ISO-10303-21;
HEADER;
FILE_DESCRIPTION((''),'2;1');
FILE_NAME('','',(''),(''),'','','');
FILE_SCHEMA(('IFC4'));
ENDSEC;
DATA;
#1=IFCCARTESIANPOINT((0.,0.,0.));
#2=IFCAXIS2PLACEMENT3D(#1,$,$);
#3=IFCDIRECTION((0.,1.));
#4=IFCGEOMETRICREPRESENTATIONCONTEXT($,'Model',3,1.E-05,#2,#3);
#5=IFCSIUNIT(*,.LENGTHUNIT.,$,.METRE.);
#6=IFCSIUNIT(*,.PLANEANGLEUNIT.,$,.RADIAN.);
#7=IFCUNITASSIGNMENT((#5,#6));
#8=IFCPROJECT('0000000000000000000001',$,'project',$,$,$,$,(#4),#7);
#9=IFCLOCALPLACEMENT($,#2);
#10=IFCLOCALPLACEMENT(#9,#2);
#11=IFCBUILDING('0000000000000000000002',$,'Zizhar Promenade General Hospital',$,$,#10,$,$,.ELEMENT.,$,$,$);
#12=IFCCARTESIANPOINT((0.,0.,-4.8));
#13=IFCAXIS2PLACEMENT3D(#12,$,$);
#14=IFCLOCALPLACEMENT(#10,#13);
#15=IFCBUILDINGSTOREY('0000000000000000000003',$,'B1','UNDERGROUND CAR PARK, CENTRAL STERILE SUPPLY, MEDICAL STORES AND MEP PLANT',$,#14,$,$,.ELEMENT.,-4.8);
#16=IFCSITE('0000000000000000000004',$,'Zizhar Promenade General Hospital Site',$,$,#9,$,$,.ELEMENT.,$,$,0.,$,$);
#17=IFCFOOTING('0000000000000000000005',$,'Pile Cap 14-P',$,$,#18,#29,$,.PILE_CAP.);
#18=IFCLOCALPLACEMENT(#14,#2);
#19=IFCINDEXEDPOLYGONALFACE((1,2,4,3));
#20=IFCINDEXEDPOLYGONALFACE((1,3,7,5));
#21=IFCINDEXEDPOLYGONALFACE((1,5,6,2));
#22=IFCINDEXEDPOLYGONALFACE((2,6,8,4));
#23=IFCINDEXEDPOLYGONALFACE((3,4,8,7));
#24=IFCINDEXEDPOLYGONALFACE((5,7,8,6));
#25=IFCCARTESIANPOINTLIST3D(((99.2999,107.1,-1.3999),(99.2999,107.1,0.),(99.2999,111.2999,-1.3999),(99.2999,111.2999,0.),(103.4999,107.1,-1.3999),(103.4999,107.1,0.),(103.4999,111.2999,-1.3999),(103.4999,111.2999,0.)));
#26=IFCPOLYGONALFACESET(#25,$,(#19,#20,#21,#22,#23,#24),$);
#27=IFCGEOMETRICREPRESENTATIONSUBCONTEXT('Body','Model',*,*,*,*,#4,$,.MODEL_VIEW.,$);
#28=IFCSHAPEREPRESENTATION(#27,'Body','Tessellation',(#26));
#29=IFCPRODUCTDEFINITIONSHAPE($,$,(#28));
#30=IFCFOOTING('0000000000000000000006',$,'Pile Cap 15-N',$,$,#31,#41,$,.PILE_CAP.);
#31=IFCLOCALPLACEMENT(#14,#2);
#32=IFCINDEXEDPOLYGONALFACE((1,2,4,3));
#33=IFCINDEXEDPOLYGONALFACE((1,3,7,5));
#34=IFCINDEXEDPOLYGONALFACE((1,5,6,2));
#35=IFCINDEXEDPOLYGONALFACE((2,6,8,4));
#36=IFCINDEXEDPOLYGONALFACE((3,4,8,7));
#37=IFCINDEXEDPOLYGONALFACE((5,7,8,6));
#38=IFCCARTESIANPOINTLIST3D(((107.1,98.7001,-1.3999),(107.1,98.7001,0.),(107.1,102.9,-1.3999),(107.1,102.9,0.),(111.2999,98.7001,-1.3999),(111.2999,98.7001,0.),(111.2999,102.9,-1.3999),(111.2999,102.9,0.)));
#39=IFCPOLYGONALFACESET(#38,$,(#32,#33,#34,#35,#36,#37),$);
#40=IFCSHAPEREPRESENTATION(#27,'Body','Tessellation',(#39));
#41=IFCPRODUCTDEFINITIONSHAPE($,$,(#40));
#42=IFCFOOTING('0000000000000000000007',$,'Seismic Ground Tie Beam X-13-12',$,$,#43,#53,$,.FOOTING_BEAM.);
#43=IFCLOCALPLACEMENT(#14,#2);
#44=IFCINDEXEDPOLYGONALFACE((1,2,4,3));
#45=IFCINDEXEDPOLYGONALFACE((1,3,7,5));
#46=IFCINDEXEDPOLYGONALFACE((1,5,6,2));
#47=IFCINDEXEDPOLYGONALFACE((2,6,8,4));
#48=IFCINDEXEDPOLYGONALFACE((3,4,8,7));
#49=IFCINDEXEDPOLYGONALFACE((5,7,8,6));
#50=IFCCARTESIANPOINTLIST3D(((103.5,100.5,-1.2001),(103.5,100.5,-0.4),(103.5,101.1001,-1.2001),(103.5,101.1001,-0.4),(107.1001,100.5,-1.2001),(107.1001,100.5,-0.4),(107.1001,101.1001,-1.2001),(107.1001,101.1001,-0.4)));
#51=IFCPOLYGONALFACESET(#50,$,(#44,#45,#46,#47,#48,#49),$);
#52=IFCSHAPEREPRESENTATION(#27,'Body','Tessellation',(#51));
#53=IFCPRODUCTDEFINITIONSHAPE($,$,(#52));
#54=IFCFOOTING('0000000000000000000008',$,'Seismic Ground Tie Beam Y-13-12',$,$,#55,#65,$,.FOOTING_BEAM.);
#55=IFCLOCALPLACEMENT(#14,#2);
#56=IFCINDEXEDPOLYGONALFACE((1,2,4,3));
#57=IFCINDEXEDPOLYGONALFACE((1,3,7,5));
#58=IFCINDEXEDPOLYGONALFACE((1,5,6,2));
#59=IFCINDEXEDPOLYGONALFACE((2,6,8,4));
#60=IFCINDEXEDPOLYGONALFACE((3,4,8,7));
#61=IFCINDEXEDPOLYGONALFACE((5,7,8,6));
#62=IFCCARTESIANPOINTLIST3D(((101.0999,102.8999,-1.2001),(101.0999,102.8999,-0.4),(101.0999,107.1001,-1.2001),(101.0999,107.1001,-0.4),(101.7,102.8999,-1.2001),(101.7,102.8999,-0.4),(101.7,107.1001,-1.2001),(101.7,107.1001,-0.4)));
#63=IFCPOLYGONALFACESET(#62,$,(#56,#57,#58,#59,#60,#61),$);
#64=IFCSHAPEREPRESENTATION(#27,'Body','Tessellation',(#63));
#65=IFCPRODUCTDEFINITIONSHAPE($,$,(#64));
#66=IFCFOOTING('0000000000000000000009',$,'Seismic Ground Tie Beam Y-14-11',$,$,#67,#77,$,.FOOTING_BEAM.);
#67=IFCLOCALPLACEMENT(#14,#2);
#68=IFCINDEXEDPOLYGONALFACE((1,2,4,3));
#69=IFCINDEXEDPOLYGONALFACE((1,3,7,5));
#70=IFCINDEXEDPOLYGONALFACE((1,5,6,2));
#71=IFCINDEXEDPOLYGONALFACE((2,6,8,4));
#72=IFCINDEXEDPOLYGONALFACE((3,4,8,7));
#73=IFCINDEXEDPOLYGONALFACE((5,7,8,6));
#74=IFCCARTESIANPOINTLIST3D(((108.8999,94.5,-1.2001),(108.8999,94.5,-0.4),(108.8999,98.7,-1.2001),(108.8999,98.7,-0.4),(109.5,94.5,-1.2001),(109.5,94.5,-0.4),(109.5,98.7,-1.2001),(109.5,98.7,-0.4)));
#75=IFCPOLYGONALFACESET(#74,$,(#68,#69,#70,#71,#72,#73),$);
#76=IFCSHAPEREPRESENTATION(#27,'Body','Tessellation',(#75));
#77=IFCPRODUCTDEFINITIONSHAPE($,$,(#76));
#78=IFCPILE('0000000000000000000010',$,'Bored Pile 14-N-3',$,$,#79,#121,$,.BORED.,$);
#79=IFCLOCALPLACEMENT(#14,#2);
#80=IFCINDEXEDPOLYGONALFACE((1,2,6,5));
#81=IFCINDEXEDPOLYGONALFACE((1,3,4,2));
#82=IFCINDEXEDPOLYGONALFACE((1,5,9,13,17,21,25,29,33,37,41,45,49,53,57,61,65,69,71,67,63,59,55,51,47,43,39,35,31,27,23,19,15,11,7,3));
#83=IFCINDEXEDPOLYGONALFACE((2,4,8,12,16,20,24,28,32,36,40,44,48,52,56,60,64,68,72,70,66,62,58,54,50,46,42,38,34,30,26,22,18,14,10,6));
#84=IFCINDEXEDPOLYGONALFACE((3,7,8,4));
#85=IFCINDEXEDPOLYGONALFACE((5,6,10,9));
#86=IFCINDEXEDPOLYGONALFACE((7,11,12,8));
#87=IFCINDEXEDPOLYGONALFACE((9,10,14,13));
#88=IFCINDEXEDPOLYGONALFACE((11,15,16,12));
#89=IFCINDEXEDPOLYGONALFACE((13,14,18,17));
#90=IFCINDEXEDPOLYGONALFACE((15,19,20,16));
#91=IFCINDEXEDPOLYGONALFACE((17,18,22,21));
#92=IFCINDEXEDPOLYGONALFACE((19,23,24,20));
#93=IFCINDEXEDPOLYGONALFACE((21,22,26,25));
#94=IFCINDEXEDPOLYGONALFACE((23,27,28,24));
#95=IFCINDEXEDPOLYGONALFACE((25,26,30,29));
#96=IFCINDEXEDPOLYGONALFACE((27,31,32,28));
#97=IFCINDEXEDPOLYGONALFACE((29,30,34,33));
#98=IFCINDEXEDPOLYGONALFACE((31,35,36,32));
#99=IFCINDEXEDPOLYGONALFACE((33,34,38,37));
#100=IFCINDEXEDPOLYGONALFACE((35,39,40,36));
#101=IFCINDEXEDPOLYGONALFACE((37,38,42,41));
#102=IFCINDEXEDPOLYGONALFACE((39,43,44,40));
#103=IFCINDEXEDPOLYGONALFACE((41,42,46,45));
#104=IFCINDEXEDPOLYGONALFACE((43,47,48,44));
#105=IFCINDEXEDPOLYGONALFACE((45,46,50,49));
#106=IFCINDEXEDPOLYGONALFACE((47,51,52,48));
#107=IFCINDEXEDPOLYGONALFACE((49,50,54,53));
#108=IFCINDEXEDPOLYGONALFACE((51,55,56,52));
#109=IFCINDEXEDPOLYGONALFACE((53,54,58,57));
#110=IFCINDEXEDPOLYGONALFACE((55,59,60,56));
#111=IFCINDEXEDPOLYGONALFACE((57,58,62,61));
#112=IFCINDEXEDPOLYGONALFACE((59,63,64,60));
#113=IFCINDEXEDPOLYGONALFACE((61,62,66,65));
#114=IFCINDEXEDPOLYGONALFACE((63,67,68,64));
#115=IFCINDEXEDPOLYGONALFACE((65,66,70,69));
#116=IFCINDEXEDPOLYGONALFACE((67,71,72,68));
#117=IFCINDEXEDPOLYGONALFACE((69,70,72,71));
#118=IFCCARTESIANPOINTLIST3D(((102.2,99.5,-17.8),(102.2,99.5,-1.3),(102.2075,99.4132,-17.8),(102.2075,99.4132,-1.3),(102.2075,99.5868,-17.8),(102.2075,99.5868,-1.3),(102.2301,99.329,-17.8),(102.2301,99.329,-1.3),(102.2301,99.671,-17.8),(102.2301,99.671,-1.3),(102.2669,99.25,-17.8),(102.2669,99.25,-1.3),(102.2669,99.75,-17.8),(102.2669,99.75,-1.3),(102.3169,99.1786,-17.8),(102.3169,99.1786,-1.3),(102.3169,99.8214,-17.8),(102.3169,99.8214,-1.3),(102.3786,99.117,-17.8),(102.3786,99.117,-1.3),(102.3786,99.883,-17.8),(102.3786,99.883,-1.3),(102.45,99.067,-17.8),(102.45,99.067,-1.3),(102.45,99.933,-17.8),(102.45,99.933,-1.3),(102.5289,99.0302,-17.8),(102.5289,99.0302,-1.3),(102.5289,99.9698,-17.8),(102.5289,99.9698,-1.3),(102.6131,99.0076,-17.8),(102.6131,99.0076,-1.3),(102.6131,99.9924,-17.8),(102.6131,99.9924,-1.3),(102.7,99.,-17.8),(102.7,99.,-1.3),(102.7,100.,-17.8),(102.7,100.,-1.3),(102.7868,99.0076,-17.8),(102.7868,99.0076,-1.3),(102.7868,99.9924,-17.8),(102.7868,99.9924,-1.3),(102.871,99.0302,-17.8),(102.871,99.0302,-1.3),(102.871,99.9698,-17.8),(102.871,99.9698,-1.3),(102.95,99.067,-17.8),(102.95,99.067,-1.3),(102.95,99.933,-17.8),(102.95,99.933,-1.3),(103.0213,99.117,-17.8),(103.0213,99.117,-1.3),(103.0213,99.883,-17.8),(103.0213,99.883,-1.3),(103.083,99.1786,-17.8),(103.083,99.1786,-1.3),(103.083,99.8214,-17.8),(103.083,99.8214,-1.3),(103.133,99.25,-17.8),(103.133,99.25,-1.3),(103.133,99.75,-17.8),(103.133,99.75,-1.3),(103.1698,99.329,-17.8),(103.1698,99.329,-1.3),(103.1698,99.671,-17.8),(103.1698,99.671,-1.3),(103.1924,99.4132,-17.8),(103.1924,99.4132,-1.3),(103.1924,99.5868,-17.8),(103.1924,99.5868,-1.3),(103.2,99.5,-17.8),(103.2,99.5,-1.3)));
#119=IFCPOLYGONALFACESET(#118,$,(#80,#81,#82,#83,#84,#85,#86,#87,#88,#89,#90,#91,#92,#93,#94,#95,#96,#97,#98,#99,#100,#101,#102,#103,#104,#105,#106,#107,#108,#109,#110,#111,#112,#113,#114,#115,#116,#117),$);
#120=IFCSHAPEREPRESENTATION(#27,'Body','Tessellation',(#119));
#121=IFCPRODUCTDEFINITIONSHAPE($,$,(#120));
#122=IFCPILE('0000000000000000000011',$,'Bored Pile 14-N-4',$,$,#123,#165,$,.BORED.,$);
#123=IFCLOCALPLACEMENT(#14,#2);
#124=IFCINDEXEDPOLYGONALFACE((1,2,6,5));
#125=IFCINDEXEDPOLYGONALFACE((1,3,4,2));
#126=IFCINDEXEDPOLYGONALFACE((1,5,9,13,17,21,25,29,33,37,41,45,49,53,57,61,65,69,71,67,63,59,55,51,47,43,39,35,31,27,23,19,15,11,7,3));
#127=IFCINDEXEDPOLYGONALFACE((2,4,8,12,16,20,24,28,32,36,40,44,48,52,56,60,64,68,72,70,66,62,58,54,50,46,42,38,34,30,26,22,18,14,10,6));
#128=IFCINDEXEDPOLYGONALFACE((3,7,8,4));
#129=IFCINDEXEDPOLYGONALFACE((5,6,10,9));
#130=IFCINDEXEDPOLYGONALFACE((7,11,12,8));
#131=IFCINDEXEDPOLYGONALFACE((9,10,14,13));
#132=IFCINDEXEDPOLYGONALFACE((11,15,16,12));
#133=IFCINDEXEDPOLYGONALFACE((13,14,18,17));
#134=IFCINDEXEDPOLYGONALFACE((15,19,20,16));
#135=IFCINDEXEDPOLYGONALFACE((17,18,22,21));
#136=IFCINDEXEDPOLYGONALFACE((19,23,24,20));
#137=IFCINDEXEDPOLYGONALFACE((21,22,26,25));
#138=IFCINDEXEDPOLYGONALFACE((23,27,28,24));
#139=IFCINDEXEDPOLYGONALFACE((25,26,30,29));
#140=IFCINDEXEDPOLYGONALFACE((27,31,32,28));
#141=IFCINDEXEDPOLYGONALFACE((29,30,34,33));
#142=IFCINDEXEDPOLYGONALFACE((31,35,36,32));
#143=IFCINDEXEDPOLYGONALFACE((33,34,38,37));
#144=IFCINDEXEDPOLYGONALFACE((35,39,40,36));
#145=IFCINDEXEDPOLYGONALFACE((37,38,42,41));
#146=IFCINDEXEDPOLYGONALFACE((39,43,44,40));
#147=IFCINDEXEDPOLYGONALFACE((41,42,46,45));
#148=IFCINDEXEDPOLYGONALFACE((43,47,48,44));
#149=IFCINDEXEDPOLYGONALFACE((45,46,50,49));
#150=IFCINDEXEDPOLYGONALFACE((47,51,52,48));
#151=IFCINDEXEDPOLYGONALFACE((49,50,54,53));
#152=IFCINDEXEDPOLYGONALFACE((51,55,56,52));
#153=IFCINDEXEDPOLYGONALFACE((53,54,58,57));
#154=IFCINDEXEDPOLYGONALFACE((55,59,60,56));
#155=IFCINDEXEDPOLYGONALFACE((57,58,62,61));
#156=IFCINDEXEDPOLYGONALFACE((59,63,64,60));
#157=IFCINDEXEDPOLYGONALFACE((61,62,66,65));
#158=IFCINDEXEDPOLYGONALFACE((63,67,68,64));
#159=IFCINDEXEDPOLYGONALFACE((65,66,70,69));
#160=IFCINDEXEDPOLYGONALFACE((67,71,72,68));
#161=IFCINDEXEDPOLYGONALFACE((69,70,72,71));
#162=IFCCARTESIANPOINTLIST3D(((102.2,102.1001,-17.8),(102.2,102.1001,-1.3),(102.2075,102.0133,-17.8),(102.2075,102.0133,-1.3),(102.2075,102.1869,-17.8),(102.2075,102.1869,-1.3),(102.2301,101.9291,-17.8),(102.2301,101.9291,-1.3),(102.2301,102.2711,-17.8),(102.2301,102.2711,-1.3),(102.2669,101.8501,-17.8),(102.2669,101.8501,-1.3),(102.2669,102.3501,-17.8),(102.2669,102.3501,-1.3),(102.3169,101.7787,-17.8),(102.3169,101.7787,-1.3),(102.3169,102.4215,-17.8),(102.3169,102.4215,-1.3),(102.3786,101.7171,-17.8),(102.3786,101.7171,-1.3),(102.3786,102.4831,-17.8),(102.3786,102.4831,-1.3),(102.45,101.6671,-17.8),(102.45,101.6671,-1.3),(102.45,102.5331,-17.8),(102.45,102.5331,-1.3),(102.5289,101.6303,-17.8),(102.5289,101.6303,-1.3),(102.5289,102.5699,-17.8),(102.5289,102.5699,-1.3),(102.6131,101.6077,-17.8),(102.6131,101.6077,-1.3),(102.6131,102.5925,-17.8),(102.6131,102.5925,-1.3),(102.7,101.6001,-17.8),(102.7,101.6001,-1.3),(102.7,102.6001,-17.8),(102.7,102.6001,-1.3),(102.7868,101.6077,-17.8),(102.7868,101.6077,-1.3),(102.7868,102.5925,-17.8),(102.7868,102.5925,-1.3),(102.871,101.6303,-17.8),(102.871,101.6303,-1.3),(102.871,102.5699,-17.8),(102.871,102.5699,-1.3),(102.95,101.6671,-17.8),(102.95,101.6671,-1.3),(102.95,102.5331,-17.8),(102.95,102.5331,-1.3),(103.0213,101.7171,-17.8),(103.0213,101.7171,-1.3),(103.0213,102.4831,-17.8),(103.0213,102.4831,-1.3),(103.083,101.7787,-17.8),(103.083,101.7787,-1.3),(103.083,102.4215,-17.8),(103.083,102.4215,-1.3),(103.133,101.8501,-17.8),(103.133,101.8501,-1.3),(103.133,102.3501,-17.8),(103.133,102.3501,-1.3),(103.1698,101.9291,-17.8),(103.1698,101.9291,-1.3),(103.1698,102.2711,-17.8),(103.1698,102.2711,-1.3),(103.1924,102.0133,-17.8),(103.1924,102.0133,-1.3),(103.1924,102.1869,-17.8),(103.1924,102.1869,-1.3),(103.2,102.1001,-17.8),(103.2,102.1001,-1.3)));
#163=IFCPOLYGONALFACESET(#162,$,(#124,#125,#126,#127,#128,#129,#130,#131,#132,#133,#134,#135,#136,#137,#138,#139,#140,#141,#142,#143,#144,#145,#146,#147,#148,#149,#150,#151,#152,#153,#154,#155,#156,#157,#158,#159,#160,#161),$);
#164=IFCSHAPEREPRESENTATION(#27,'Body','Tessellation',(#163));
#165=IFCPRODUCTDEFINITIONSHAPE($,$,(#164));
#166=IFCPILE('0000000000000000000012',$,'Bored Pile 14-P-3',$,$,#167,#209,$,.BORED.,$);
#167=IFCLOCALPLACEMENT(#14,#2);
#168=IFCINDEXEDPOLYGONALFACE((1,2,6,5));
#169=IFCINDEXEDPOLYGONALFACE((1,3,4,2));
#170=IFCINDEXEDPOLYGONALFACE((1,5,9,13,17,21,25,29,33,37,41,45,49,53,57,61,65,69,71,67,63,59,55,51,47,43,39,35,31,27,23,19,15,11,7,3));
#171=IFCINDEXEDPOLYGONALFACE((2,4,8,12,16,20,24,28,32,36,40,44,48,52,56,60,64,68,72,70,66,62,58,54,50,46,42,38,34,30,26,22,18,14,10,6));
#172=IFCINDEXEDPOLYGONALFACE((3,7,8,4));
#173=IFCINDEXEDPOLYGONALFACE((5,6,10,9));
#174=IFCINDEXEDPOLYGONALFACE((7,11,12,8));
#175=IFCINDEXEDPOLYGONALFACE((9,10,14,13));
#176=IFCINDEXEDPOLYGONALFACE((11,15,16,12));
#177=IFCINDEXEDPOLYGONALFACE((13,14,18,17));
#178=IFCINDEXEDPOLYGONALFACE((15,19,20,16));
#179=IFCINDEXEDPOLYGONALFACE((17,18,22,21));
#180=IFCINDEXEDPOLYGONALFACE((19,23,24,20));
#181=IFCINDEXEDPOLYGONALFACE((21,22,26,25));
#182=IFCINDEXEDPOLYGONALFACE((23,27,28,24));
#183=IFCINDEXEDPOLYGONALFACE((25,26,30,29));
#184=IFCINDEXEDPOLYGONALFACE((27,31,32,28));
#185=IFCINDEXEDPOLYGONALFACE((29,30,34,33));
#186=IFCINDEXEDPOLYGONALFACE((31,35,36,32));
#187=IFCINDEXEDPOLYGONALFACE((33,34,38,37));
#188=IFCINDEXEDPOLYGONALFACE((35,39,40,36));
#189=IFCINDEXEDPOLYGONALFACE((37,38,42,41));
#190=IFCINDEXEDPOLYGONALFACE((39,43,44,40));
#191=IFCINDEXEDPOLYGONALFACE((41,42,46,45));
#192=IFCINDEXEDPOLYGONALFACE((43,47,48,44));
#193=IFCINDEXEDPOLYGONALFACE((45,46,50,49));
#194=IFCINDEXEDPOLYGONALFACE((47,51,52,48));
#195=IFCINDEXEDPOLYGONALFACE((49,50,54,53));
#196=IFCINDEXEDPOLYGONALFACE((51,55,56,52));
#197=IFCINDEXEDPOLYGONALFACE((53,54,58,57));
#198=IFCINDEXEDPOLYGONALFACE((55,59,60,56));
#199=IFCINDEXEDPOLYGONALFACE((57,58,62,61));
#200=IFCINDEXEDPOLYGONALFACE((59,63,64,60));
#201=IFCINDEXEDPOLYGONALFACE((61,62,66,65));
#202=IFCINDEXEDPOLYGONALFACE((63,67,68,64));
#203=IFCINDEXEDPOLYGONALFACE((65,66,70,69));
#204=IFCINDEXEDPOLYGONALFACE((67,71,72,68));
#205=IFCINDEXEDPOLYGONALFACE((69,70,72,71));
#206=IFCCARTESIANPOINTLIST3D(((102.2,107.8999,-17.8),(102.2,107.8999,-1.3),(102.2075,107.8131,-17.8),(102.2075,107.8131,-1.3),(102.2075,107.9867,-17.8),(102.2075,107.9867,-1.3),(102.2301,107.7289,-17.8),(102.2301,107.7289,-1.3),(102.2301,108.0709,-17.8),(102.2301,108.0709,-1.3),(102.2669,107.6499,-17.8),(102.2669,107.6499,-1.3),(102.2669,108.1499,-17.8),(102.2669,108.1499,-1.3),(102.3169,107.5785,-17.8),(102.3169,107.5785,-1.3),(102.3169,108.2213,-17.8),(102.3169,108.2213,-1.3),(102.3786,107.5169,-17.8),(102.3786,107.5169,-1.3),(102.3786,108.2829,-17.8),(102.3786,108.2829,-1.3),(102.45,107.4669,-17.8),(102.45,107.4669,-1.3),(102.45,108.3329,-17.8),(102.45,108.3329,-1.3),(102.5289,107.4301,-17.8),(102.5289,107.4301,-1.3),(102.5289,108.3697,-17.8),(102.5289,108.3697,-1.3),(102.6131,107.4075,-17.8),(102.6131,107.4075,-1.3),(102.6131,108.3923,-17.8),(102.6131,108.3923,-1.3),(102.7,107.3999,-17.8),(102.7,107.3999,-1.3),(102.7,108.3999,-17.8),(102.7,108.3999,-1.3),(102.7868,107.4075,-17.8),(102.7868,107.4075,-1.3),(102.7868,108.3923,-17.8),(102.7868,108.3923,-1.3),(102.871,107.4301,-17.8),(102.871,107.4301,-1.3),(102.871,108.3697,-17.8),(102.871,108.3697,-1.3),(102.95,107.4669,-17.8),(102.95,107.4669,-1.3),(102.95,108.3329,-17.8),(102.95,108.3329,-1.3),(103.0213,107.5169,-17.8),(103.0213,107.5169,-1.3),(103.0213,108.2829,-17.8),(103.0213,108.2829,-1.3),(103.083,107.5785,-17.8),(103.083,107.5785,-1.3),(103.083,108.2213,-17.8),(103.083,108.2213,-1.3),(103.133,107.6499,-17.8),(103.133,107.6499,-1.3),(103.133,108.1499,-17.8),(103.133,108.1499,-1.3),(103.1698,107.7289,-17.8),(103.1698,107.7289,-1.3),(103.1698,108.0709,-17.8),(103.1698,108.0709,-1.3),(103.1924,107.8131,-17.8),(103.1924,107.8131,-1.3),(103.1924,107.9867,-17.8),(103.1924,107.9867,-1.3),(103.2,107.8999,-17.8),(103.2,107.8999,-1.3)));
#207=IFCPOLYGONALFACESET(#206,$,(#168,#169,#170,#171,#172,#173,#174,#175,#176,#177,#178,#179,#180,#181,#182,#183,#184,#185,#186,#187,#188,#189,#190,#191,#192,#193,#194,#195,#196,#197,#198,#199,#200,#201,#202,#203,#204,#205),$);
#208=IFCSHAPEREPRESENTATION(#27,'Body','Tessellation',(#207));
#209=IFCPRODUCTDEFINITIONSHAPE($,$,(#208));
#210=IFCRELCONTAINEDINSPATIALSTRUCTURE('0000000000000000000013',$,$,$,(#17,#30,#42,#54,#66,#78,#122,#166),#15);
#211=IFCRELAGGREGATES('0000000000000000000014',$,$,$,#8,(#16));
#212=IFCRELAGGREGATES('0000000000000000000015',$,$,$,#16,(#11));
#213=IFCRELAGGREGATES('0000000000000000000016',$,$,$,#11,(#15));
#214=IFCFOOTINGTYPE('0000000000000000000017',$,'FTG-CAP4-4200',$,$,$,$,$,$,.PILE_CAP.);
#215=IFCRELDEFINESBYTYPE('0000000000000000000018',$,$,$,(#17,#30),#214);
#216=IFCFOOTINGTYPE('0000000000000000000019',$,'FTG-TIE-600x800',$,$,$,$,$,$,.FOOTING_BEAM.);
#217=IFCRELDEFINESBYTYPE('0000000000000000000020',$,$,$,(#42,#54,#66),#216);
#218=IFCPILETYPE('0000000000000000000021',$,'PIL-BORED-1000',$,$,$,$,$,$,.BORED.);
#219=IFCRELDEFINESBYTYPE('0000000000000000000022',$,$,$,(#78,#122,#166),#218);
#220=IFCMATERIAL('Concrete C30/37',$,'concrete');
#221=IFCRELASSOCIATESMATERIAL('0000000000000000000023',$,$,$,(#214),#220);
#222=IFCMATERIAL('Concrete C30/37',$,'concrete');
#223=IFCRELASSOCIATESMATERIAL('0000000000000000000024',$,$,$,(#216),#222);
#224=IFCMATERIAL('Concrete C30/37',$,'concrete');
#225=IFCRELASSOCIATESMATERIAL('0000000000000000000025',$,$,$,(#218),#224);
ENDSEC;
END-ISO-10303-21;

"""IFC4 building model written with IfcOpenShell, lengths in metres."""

from ifc_helpers import new_model, si_unit, direction, frame, origin, origin_2d, place, context, subcontext, project, spatial, rectangle, circle, extrude, material, material_profile, profile_set, type_object, element, save


model = new_model("IFC4")

# Units and contexts
model_context = context("Model", 3, precision=1e-05, world=origin(), true_north=direction((0.0, 1.0)))
body_context = subcontext(model_context, "Body", "Model", "MODEL_VIEW")
ifc_project = project(units=[si_unit("LENGTHUNIT", "METRE"), si_unit("PLANEANGLEUNIT", "RADIAN")], contexts=[model_context])

# Site, building, storey
site_placement = place(None, origin())
site = spatial("IfcSite", under=ifc_project, at=site_placement, Name="Zizhar Promenade General Hospital Site", CompositionType="ELEMENT", RefElevation=0.0)
building_placement = place(site_placement, origin())
building = spatial("IfcBuilding", under=site, at=building_placement, Name="Zizhar Promenade General Hospital", CompositionType="ELEMENT")
storey_placement = place(building_placement, frame((0.0, 0.0, -4.8)))
storey = spatial("IfcBuildingStorey", under=building, at=storey_placement, Name="B1", Description="UNDERGROUND CAR PARK, CENTRAL STERILE SUPPLY, MEDICAL STORES AND MEP PLANT", CompositionType="ELEMENT", Elevation=-4.8)

# Footings
ifc_material_1 = material(Name="Concrete C30/37", Category="concrete")
footing_type_1 = type_object("IfcFootingType", Name="FTG-CAP4-4200", PredefinedType="PILE_CAP", material=ifc_material_1)
for number, where, z_axis, x_axis, name in (
    (1, (101.3999, 109.2, -1.3999), (0.0, 0.0, 1.0), (1.0, 0.0, 0.0), "Pile Cap 14-P"),
    (2, (109.2, 100.8, -1.3999), (0.0, 0.0, 1.0), (1.0, 0.0, 0.0), "Pile Cap 15-N"),
):
    element("IfcFooting", number, at=place(storey_placement, frame(where, z_axis=z_axis, x_axis=x_axis)), inside=storey, type_object=footing_type_1, Name=name, PredefinedType="PILE_CAP", context=body_context, shape_type="SweptSolid", body=[
        extrude(rectangle(XDim=4.2, YDim=4.2, at=origin_2d()), origin(), (0.0, 0.0, 1.0), 1.3999),
    ])
ifc_material_2 = material(Name="Concrete C30/37", Category="concrete")
ifc_material_profile_1 = material_profile(ifc_material_2, rectangle(XDim=0.6001, YDim=0.8, at=origin_2d()))
ifc_profile_set_1 = profile_set([ifc_material_profile_1], Name="Concrete C30/37")
footing_type_2 = type_object("IfcFootingType", Name="FTG-TIE-600x800", PredefinedType="FOOTING_BEAM", material=ifc_profile_set_1)
footing_1_placement = place(storey_placement, frame((103.5, 100.8, -0.8), z_axis=(1.0, 0.0, 0.0), x_axis=(0.0, 1.0, 0.0)))
element("IfcFooting", 3, at=footing_1_placement, inside=storey, type_object=footing_type_2, Name="Seismic Ground Tie Beam X-13-12", PredefinedType="FOOTING_BEAM", context=body_context, shape_type="SweptSolid", body=[
    extrude(rectangle(XDim=0.6001, YDim=0.8, at=origin_2d()), origin(), (0.0, 0.0, 1.0), 3.6001),
])
footing_2_placement = place(storey_placement, frame((101.3999, 102.8999, -0.8), z_axis=(0.0, 1.0, 0.0), x_axis=(-1.0, 0.0, 0.0)))
element("IfcFooting", 4, at=footing_2_placement, inside=storey, type_object=footing_type_2, Name="Seismic Ground Tie Beam Y-13-12", PredefinedType="FOOTING_BEAM", context=body_context, shape_type="SweptSolid", body=[
    extrude(rectangle(XDim=0.6001, YDim=0.8, at=origin_2d()), origin(), (0.0, 0.0, 1.0), 4.2002),
])
footing_3_placement = place(storey_placement, frame((109.2, 94.5, -0.8), z_axis=(0.0, 1.0, 0.0), x_axis=(-1.0, 0.0, 0.0)))
element("IfcFooting", 5, at=footing_3_placement, inside=storey, type_object=footing_type_2, Name="Seismic Ground Tie Beam Y-14-11", PredefinedType="FOOTING_BEAM", context=body_context, shape_type="SweptSolid", body=[
    extrude(rectangle(XDim=0.6001, YDim=0.8, at=origin_2d()), origin(), (0.0, 0.0, 1.0), 4.2),
])

# Piles
ifc_material_3 = material(Name="Concrete C30/37", Category="concrete")
ifc_material_profile_2 = material_profile(ifc_material_3, circle(Radius=0.5, at=origin_2d()))
ifc_profile_set_2 = profile_set([ifc_material_profile_2], Name="Concrete C30/37")
pile_type = type_object("IfcPileType", Name="PIL-BORED-1000", PredefinedType="BORED", material=ifc_profile_set_2)
for number, where, z_axis, x_axis, name in (
    (6, (102.7, 99.5, -1.3), (0.0, 0.0, -1.0), (1.0, 0.0, 0.0), "Bored Pile 14-N-3"),
    (7, (102.7, 102.1001, -1.3), (0.0, 0.0, -1.0), (1.0, 0.0, 0.0), "Bored Pile 14-N-4"),
    (8, (102.7, 107.8999, -1.3), (0.0, 0.0, -1.0), (1.0, 0.0, 0.0), "Bored Pile 14-P-3"),
):
    element("IfcPile", number, at=place(storey_placement, frame(where, z_axis=z_axis, x_axis=x_axis)), inside=storey, type_object=pile_type, Name=name, PredefinedType="BORED", context=body_context, shape_type="SweptSolid", body=[
        extrude(circle(Radius=0.5, at=origin_2d()), origin(), (0.0, 0.0, 1.0), 16.5),
    ])

save(model, "model.ifc")
